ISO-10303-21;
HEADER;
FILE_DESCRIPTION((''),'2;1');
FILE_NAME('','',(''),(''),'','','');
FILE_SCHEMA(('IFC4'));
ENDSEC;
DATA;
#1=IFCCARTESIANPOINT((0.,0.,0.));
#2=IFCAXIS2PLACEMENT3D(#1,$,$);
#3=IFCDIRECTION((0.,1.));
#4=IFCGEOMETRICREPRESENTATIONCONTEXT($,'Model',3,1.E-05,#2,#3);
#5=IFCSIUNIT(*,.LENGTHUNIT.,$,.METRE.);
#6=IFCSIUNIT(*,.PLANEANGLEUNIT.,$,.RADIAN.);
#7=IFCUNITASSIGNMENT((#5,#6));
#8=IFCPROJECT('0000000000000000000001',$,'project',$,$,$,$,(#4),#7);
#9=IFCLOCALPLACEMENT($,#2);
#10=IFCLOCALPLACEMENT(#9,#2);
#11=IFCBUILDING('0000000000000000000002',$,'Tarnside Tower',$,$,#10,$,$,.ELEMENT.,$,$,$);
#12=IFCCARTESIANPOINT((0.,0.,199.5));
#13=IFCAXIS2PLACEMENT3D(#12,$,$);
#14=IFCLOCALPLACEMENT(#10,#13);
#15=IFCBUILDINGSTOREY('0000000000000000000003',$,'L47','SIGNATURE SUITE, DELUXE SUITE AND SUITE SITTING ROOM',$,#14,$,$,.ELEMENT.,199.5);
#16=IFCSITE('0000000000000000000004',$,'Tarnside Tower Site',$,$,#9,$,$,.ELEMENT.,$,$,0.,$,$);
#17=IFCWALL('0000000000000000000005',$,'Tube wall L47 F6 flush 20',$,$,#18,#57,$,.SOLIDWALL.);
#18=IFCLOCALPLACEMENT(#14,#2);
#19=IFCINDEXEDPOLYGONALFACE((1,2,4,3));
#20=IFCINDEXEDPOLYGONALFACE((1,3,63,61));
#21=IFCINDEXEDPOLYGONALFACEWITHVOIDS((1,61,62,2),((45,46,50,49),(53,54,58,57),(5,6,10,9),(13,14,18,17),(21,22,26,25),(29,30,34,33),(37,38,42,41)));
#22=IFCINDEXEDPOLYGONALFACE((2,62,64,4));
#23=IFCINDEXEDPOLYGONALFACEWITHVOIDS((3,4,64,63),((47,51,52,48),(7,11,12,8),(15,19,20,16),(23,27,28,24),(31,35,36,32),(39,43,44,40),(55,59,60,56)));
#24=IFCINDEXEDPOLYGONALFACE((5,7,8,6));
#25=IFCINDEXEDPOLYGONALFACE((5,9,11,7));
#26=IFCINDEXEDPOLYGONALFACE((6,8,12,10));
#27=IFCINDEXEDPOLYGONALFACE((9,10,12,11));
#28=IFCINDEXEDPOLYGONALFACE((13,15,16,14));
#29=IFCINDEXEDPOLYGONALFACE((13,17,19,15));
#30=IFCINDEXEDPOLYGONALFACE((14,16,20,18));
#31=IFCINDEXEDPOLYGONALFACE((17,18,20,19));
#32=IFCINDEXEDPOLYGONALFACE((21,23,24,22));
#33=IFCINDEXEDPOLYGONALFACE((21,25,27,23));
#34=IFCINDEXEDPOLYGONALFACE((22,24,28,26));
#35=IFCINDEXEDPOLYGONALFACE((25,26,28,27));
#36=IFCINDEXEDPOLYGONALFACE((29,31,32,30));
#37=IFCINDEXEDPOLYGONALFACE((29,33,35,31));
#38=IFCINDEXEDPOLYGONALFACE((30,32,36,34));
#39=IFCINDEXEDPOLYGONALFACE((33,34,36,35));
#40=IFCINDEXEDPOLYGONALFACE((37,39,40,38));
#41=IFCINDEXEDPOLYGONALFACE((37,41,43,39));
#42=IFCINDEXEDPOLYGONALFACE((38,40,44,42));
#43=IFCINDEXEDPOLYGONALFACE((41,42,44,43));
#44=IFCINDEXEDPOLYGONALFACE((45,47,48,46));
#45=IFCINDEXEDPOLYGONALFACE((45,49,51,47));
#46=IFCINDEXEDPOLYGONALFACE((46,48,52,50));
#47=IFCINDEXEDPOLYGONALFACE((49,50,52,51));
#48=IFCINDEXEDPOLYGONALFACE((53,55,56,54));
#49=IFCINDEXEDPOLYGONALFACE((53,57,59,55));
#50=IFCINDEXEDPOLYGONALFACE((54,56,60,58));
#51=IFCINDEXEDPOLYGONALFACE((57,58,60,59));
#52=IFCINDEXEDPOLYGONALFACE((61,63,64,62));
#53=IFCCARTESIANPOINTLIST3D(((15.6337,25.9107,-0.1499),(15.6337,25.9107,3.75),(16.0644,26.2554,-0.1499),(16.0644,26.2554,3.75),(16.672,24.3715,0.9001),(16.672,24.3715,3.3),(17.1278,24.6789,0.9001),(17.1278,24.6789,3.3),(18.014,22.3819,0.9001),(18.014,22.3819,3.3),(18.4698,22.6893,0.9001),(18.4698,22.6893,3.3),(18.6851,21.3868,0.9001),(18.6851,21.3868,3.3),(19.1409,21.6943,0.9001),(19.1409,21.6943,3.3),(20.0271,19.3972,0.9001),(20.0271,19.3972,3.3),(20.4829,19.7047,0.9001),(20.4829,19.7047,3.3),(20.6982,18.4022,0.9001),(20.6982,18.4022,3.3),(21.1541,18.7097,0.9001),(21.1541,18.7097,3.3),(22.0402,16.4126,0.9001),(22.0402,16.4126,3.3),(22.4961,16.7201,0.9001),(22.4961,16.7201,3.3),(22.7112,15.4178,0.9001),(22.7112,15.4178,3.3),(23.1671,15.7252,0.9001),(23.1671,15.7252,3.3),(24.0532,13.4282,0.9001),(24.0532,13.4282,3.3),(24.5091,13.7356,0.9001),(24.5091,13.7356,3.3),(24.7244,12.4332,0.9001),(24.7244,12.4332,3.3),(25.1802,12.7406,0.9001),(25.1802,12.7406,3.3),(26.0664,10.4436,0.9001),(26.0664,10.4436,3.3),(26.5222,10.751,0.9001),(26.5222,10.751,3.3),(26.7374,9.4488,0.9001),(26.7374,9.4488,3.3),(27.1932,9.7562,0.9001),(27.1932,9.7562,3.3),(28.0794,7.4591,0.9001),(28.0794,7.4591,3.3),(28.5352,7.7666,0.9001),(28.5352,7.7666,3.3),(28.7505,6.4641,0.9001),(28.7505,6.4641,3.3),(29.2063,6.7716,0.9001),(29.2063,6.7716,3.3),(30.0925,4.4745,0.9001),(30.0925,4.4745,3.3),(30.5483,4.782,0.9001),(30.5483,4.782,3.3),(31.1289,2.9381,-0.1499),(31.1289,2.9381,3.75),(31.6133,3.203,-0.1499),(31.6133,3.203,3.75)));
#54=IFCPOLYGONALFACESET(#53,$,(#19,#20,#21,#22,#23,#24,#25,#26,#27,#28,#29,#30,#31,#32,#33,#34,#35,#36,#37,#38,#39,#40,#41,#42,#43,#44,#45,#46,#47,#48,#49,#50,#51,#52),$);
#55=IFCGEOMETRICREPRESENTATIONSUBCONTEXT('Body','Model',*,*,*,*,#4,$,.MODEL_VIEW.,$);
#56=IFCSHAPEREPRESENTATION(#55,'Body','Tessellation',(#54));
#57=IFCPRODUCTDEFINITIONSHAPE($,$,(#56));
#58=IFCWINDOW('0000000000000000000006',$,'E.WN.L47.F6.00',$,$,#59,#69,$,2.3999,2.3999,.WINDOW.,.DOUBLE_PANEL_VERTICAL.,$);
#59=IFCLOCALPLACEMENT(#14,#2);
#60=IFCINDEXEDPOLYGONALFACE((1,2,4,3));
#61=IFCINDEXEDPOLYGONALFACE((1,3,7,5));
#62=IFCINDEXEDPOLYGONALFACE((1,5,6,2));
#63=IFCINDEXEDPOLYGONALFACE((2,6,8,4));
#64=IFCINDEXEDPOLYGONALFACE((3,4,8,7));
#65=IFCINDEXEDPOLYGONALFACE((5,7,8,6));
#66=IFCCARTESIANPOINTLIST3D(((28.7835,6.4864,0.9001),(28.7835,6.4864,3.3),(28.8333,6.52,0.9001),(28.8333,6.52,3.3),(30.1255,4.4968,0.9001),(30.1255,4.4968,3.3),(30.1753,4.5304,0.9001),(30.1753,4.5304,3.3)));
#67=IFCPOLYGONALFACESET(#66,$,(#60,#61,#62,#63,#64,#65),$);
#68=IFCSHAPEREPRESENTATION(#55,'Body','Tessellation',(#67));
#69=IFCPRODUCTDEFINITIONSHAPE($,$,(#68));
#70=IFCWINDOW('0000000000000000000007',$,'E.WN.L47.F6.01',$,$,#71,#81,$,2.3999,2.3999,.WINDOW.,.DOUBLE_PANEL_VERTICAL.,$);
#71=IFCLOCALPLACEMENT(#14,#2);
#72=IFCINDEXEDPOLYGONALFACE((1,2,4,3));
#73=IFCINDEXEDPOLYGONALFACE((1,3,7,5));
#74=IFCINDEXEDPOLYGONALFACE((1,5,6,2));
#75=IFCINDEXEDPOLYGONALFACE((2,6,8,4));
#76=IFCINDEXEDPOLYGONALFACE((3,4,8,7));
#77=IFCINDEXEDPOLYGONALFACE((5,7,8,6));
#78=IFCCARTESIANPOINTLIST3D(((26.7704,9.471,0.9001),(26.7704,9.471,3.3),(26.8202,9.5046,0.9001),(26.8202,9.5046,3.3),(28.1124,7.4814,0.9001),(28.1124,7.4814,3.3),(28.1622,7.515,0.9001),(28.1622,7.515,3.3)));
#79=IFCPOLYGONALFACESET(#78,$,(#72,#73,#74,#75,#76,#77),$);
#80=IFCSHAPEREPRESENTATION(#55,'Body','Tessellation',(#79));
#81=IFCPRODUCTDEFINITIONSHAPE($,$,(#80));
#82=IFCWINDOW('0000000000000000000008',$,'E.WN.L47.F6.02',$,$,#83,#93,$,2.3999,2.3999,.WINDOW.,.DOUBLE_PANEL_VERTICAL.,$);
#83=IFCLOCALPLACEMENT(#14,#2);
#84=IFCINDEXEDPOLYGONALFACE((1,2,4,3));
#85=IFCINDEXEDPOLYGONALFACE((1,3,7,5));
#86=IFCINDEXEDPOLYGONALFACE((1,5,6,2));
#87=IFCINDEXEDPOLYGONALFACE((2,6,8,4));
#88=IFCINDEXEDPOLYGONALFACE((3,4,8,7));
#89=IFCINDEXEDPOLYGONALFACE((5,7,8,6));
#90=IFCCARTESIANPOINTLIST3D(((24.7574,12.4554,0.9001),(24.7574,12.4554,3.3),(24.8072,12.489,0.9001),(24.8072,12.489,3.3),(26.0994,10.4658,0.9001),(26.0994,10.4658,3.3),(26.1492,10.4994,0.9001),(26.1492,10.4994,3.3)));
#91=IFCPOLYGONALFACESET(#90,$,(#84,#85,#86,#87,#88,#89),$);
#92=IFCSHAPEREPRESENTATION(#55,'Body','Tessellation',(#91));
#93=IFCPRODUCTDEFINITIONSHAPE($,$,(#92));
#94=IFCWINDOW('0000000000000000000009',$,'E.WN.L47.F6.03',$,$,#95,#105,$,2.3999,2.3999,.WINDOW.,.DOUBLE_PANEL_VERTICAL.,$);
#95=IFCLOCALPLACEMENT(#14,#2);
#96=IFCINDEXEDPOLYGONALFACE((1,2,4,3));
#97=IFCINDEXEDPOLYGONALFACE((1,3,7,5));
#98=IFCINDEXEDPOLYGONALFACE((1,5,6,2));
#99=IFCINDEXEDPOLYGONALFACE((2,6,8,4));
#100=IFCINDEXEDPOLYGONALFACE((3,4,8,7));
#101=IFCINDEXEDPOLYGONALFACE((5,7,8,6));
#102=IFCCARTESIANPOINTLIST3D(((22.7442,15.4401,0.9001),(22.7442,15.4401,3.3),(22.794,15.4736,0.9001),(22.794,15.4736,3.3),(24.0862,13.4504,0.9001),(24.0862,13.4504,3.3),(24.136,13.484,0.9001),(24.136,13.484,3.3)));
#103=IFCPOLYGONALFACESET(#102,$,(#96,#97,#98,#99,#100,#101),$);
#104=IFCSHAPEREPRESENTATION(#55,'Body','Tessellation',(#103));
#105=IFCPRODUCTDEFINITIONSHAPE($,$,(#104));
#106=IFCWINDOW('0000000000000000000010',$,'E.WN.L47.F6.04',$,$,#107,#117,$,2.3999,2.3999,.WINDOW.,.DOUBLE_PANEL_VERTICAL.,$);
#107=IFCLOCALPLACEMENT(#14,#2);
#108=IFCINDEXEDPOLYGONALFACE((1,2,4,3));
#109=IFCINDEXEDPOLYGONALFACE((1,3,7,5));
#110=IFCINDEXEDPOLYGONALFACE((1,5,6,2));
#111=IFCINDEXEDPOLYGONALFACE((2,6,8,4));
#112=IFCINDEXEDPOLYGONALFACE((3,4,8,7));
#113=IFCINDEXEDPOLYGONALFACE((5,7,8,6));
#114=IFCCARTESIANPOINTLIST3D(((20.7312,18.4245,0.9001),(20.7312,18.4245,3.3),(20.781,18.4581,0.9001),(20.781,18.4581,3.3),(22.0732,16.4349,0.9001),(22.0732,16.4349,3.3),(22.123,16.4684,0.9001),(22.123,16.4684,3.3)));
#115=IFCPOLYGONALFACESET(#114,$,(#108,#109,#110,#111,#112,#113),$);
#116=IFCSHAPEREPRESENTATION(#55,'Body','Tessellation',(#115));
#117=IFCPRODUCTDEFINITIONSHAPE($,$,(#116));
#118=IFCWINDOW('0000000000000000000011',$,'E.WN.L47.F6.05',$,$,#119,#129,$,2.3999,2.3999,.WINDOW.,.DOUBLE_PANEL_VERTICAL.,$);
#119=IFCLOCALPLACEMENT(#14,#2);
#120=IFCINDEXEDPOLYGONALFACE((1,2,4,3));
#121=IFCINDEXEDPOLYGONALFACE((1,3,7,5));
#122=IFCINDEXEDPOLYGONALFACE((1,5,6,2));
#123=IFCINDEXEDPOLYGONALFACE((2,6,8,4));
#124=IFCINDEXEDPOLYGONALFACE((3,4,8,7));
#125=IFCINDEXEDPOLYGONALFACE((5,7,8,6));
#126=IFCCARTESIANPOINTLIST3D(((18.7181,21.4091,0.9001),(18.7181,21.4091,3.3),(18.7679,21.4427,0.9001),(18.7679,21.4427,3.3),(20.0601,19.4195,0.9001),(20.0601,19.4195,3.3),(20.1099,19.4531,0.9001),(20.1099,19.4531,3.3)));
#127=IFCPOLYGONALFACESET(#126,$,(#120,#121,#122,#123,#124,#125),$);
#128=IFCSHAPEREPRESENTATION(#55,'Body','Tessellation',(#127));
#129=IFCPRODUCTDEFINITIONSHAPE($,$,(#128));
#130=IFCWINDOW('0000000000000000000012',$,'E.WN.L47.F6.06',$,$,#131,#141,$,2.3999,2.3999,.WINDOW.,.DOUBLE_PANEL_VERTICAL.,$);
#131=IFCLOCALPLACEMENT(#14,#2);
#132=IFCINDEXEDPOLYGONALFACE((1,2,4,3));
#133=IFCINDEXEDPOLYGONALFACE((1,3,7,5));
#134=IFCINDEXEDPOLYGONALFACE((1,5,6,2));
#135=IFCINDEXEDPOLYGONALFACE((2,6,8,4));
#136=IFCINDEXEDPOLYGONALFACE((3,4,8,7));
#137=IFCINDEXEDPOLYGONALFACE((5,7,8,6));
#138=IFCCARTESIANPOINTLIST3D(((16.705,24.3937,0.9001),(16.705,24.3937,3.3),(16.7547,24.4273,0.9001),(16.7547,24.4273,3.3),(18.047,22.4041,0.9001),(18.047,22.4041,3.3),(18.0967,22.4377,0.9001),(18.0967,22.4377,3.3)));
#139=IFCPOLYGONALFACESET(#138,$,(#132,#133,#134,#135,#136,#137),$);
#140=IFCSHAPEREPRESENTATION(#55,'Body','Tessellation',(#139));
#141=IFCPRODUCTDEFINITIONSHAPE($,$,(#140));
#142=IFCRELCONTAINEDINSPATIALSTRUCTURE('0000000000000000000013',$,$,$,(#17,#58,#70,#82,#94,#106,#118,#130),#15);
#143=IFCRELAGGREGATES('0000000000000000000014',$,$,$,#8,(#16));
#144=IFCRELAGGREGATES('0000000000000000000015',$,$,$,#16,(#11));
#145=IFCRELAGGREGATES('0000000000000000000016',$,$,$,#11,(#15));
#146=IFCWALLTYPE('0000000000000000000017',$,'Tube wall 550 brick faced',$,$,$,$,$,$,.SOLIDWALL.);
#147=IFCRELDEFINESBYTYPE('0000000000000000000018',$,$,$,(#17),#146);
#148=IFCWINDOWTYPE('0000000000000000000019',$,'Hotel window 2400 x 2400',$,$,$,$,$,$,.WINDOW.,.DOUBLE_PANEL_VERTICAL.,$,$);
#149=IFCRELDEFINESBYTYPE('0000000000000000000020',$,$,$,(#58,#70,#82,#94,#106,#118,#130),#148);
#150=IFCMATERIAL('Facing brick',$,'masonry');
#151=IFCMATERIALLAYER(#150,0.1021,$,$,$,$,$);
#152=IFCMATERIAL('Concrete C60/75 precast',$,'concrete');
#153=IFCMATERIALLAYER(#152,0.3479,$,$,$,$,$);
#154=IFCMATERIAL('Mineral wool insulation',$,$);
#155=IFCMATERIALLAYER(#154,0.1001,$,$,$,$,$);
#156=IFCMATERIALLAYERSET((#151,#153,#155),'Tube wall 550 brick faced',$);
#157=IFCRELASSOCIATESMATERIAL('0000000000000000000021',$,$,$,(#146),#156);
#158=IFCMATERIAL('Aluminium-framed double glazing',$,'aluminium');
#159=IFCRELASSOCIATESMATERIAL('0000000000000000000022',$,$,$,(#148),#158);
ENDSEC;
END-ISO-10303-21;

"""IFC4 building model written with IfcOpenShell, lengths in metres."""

from ifc_helpers import new_model, si_unit, direction, frame, frame_2d, origin, place, context, subcontext, project, spatial, polyline, rectangle, outline, extrude, material, layer, layer_set, type_object, element, fill, save


model = new_model("IFC4")

# Units and contexts
model_context = context("Model", 3, precision=1e-05, world=origin(), true_north=direction((0.0, 1.0)))
body_context = subcontext(model_context, "Body", "Model", "MODEL_VIEW")
ifc_project = project(units=[si_unit("LENGTHUNIT", "METRE"), si_unit("PLANEANGLEUNIT", "RADIAN")], contexts=[model_context])

# Site, building, storey
site_placement = place(None, origin())
site = spatial("IfcSite", under=ifc_project, at=site_placement, Name="Tarnside Tower Site", CompositionType="ELEMENT", RefElevation=0.0)
building_placement = place(site_placement, origin())
building = spatial("IfcBuilding", under=site, at=building_placement, Name="Tarnside Tower", CompositionType="ELEMENT")
storey_placement = place(building_placement, frame((0.0, 0.0, 199.5)))
storey = spatial("IfcBuildingStorey", under=building, at=storey_placement, Name="L47", Description="SIGNATURE SUITE, DELUXE SUITE AND SUITE SITTING ROOM", CompositionType="ELEMENT", Elevation=199.5)

# Shared definitions
ifc_material_1 = material(Name="Facing brick", Category="masonry")
ifc_layer_1 = layer(ifc_material_1, 0.1021)
ifc_material_2 = material(Name="Concrete C60/75 precast", Category="concrete")
ifc_layer_2 = layer(ifc_material_2, 0.3479)
ifc_material_3 = material(Name="Mineral wool insulation")
ifc_layer_3 = layer(ifc_material_3, 0.1001)
ifc_layer_set_1 = layer_set([ifc_layer_1, ifc_layer_2, ifc_layer_3], Name="Tube wall 550 brick faced")
wall_type_1 = type_object("IfcWallType", Name="Tube wall 550 brick faced", PredefinedType="SOLIDWALL", material=ifc_layer_set_1)

# Wall, openings, windows
wall_1_placement = place(storey_placement, frame((31.3711, 3.0706, -0.1499), z_axis=(0.0, 0.0, 1.0), x_axis=(-0.55919, 0.82904, 0.0)))
wall_1 = element("IfcWall", 1, at=wall_1_placement, inside=storey, type_object=wall_type_1, Name="Tube wall L47 F6 flush 20", PredefinedType="SOLIDWALL", context=body_context, shape_type="SweptSolid", body=[
    extrude(outline(polyline([(-0.0256, -0.2749), (27.7805, -0.2749), (27.7356, 0.2749), (0.0256, 0.2749), (-0.0256, -0.2749)])), origin(), (0.0, 0.0, 1.0), 3.8999),
])
opening_1_placement = place(wall_1_placement, frame((1.8789, 0.0, 1.05)))
opening_1 = element("IfcOpeningElement", 2, at=opening_1_placement, cuts=wall_1, PredefinedType="OPENING", context=body_context, shape_type="SweptSolid", body=[
    extrude(rectangle(XDim=2.3999, YDim=2.3999, at=frame_2d((1.2, 1.2))), frame((0.0, 0.2852, 0.0), z_axis=(0.0, -1.0, 0.0), x_axis=(1.0, 0.0, 0.0)), (0.0, 0.0, 1.0), 0.5701),
])
opening_2_placement = place(wall_1_placement, frame((5.479, 0.0, 1.05)))
opening_2 = element("IfcOpeningElement", 3, at=opening_2_placement, cuts=wall_1, PredefinedType="OPENING", context=body_context, shape_type="SweptSolid", body=[
    extrude(rectangle(XDim=2.3999, YDim=2.3999, at=frame_2d((1.2, 1.2))), frame((0.0, 0.2852, 0.0), z_axis=(0.0, -1.0, 0.0), x_axis=(1.0, 0.0, 0.0)), (0.0, 0.0, 1.0), 0.5701),
])
opening_3_placement = place(wall_1_placement, frame((9.0789, 0.0, 1.05)))
opening_3 = element("IfcOpeningElement", 4, at=opening_3_placement, cuts=wall_1, PredefinedType="OPENING", context=body_context, shape_type="SweptSolid", body=[
    extrude(rectangle(XDim=2.3999, YDim=2.3999, at=frame_2d((1.2, 1.2))), frame((0.0, 0.2852, 0.0), z_axis=(0.0, -1.0, 0.0), x_axis=(1.0, 0.0, 0.0)), (0.0, 0.0, 1.0), 0.5701),
])
opening_4_placement = place(wall_1_placement, frame((12.679, 0.0, 1.05)))
opening_4 = element("IfcOpeningElement", 5, at=opening_4_placement, cuts=wall_1, PredefinedType="OPENING", context=body_context, shape_type="SweptSolid", body=[
    extrude(rectangle(XDim=2.3999, YDim=2.3999, at=frame_2d((1.2, 1.2))), frame((0.0, 0.2852, 0.0), z_axis=(0.0, -1.0, 0.0), x_axis=(1.0, 0.0, 0.0)), (0.0, 0.0, 1.0), 0.5701),
])
opening_5_placement = place(wall_1_placement, frame((16.2788, 0.0, 1.05)))
opening_5 = element("IfcOpeningElement", 6, at=opening_5_placement, cuts=wall_1, PredefinedType="OPENING", context=body_context, shape_type="SweptSolid", body=[
    extrude(rectangle(XDim=2.3999, YDim=2.3999, at=frame_2d((1.2, 1.2))), frame((0.0, 0.2852, 0.0), z_axis=(0.0, -1.0, 0.0), x_axis=(1.0, 0.0, 0.0)), (0.0, 0.0, 1.0), 0.5701),
])
opening_6_placement = place(wall_1_placement, frame((19.8789, 0.0, 1.05)))
opening_6 = element("IfcOpeningElement", 7, at=opening_6_placement, cuts=wall_1, PredefinedType="OPENING", context=body_context, shape_type="SweptSolid", body=[
    extrude(rectangle(XDim=2.3999, YDim=2.3999, at=frame_2d((1.2, 1.2))), frame((0.0, 0.2852, 0.0), z_axis=(0.0, -1.0, 0.0), x_axis=(1.0, 0.0, 0.0)), (0.0, 0.0, 1.0), 0.5701),
])
opening_7_placement = place(wall_1_placement, frame((23.479, 0.0, 1.05)))
opening_7 = element("IfcOpeningElement", 8, at=opening_7_placement, cuts=wall_1, PredefinedType="OPENING", context=body_context, shape_type="SweptSolid", body=[
    extrude(rectangle(XDim=2.3999, YDim=2.3999, at=frame_2d((1.2, 1.2))), frame((0.0, 0.2852, 0.0), z_axis=(0.0, -1.0, 0.0), x_axis=(1.0, 0.0, 0.0)), (0.0, 0.0, 1.0), 0.5701),
])
ifc_material_4 = material(Name="Aluminium-framed double glazing", Category="aluminium")
window_type = type_object("IfcWindowType", Name="Hotel window 2400 x 2400", PartitioningType="DOUBLE_PANEL_VERTICAL", PredefinedType="WINDOW", material=ifc_material_4)
window_1_placement = place(opening_1_placement, frame((0.0, 0.2051, 0.0)))
window_1 = element("IfcWindow", 9, at=window_1_placement, inside=storey, type_object=window_type, Name="E.WN.L47.F6.00", OverallHeight=2.3999, OverallWidth=2.3999, PartitioningType="DOUBLE_PANEL_VERTICAL", PredefinedType="WINDOW", context=body_context, shape_type="SweptSolid", body=[
    extrude(rectangle(XDim=2.3999, YDim=2.3999, at=frame_2d((1.2, 1.2))), frame((0.0, 0.03, 0.0), z_axis=(0.0, -1.0, 0.0), x_axis=(1.0, 0.0, 0.0)), (0.0, 0.0, 1.0), 0.0601),
])
fill(opening_1, window_1)
window_2_placement = place(opening_2_placement, frame((0.0, 0.2051, 0.0)))
window_2 = element("IfcWindow", 10, at=window_2_placement, inside=storey, type_object=window_type, Name="E.WN.L47.F6.01", OverallHeight=2.3999, OverallWidth=2.3999, PartitioningType="DOUBLE_PANEL_VERTICAL", PredefinedType="WINDOW", context=body_context, shape_type="SweptSolid", body=[
    extrude(rectangle(XDim=2.3999, YDim=2.3999, at=frame_2d((1.2, 1.2))), frame((0.0, 0.03, 0.0), z_axis=(0.0, -1.0, 0.0), x_axis=(1.0, 0.0, 0.0)), (0.0, 0.0, 1.0), 0.0601),
])
fill(opening_2, window_2)
window_3_placement = place(opening_3_placement, frame((0.0, 0.2051, 0.0)))
window_3 = element("IfcWindow", 11, at=window_3_placement, inside=storey, type_object=window_type, Name="E.WN.L47.F6.02", OverallHeight=2.3999, OverallWidth=2.3999, PartitioningType="DOUBLE_PANEL_VERTICAL", PredefinedType="WINDOW", context=body_context, shape_type="SweptSolid", body=[
    extrude(rectangle(XDim=2.3999, YDim=2.3999, at=frame_2d((1.2, 1.2))), frame((0.0, 0.03, 0.0), z_axis=(0.0, -1.0, 0.0), x_axis=(1.0, 0.0, 0.0)), (0.0, 0.0, 1.0), 0.0601),
])
fill(opening_3, window_3)
window_4_placement = place(opening_4_placement, frame((0.0, 0.2051, 0.0)))
window_4 = element("IfcWindow", 12, at=window_4_placement, inside=storey, type_object=window_type, Name="E.WN.L47.F6.03", OverallHeight=2.3999, OverallWidth=2.3999, PartitioningType="DOUBLE_PANEL_VERTICAL", PredefinedType="WINDOW", context=body_context, shape_type="SweptSolid", body=[
    extrude(rectangle(XDim=2.3999, YDim=2.3999, at=frame_2d((1.2, 1.2))), frame((0.0, 0.03, 0.0), z_axis=(0.0, -1.0, 0.0), x_axis=(1.0, 0.0, 0.0)), (0.0, 0.0, 1.0), 0.0601),
])
fill(opening_4, window_4)
window_5_placement = place(opening_5_placement, frame((0.0, 0.2051, 0.0)))
window_5 = element("IfcWindow", 13, at=window_5_placement, inside=storey, type_object=window_type, Name="E.WN.L47.F6.04", OverallHeight=2.3999, OverallWidth=2.3999, PartitioningType="DOUBLE_PANEL_VERTICAL", PredefinedType="WINDOW", context=body_context, shape_type="SweptSolid", body=[
    extrude(rectangle(XDim=2.3999, YDim=2.3999, at=frame_2d((1.2, 1.2))), frame((0.0, 0.03, 0.0), z_axis=(0.0, -1.0, 0.0), x_axis=(1.0, 0.0, 0.0)), (0.0, 0.0, 1.0), 0.0601),
])
fill(opening_5, window_5)
window_6_placement = place(opening_6_placement, frame((0.0, 0.2051, 0.0)))
window_6 = element("IfcWindow", 14, at=window_6_placement, inside=storey, type_object=window_type, Name="E.WN.L47.F6.05", OverallHeight=2.3999, OverallWidth=2.3999, PartitioningType="DOUBLE_PANEL_VERTICAL", PredefinedType="WINDOW", context=body_context, shape_type="SweptSolid", body=[
    extrude(rectangle(XDim=2.3999, YDim=2.3999, at=frame_2d((1.2, 1.2))), frame((0.0, 0.03, 0.0), z_axis=(0.0, -1.0, 0.0), x_axis=(1.0, 0.0, 0.0)), (0.0, 0.0, 1.0), 0.0601),
])
fill(opening_6, window_6)
window_7_placement = place(opening_7_placement, frame((0.0, 0.2051, 0.0)))
window_7 = element("IfcWindow", 15, at=window_7_placement, inside=storey, type_object=window_type, Name="E.WN.L47.F6.06", OverallHeight=2.3999, OverallWidth=2.3999, PartitioningType="DOUBLE_PANEL_VERTICAL", PredefinedType="WINDOW", context=body_context, shape_type="SweptSolid", body=[
    extrude(rectangle(XDim=2.3999, YDim=2.3999, at=frame_2d((1.2, 1.2))), frame((0.0, 0.03, 0.0), z_axis=(0.0, -1.0, 0.0), x_axis=(1.0, 0.0, 0.0)), (0.0, 0.0, 1.0), 0.0601),
])
fill(opening_7, window_7)

save(model, "model.ifc")
